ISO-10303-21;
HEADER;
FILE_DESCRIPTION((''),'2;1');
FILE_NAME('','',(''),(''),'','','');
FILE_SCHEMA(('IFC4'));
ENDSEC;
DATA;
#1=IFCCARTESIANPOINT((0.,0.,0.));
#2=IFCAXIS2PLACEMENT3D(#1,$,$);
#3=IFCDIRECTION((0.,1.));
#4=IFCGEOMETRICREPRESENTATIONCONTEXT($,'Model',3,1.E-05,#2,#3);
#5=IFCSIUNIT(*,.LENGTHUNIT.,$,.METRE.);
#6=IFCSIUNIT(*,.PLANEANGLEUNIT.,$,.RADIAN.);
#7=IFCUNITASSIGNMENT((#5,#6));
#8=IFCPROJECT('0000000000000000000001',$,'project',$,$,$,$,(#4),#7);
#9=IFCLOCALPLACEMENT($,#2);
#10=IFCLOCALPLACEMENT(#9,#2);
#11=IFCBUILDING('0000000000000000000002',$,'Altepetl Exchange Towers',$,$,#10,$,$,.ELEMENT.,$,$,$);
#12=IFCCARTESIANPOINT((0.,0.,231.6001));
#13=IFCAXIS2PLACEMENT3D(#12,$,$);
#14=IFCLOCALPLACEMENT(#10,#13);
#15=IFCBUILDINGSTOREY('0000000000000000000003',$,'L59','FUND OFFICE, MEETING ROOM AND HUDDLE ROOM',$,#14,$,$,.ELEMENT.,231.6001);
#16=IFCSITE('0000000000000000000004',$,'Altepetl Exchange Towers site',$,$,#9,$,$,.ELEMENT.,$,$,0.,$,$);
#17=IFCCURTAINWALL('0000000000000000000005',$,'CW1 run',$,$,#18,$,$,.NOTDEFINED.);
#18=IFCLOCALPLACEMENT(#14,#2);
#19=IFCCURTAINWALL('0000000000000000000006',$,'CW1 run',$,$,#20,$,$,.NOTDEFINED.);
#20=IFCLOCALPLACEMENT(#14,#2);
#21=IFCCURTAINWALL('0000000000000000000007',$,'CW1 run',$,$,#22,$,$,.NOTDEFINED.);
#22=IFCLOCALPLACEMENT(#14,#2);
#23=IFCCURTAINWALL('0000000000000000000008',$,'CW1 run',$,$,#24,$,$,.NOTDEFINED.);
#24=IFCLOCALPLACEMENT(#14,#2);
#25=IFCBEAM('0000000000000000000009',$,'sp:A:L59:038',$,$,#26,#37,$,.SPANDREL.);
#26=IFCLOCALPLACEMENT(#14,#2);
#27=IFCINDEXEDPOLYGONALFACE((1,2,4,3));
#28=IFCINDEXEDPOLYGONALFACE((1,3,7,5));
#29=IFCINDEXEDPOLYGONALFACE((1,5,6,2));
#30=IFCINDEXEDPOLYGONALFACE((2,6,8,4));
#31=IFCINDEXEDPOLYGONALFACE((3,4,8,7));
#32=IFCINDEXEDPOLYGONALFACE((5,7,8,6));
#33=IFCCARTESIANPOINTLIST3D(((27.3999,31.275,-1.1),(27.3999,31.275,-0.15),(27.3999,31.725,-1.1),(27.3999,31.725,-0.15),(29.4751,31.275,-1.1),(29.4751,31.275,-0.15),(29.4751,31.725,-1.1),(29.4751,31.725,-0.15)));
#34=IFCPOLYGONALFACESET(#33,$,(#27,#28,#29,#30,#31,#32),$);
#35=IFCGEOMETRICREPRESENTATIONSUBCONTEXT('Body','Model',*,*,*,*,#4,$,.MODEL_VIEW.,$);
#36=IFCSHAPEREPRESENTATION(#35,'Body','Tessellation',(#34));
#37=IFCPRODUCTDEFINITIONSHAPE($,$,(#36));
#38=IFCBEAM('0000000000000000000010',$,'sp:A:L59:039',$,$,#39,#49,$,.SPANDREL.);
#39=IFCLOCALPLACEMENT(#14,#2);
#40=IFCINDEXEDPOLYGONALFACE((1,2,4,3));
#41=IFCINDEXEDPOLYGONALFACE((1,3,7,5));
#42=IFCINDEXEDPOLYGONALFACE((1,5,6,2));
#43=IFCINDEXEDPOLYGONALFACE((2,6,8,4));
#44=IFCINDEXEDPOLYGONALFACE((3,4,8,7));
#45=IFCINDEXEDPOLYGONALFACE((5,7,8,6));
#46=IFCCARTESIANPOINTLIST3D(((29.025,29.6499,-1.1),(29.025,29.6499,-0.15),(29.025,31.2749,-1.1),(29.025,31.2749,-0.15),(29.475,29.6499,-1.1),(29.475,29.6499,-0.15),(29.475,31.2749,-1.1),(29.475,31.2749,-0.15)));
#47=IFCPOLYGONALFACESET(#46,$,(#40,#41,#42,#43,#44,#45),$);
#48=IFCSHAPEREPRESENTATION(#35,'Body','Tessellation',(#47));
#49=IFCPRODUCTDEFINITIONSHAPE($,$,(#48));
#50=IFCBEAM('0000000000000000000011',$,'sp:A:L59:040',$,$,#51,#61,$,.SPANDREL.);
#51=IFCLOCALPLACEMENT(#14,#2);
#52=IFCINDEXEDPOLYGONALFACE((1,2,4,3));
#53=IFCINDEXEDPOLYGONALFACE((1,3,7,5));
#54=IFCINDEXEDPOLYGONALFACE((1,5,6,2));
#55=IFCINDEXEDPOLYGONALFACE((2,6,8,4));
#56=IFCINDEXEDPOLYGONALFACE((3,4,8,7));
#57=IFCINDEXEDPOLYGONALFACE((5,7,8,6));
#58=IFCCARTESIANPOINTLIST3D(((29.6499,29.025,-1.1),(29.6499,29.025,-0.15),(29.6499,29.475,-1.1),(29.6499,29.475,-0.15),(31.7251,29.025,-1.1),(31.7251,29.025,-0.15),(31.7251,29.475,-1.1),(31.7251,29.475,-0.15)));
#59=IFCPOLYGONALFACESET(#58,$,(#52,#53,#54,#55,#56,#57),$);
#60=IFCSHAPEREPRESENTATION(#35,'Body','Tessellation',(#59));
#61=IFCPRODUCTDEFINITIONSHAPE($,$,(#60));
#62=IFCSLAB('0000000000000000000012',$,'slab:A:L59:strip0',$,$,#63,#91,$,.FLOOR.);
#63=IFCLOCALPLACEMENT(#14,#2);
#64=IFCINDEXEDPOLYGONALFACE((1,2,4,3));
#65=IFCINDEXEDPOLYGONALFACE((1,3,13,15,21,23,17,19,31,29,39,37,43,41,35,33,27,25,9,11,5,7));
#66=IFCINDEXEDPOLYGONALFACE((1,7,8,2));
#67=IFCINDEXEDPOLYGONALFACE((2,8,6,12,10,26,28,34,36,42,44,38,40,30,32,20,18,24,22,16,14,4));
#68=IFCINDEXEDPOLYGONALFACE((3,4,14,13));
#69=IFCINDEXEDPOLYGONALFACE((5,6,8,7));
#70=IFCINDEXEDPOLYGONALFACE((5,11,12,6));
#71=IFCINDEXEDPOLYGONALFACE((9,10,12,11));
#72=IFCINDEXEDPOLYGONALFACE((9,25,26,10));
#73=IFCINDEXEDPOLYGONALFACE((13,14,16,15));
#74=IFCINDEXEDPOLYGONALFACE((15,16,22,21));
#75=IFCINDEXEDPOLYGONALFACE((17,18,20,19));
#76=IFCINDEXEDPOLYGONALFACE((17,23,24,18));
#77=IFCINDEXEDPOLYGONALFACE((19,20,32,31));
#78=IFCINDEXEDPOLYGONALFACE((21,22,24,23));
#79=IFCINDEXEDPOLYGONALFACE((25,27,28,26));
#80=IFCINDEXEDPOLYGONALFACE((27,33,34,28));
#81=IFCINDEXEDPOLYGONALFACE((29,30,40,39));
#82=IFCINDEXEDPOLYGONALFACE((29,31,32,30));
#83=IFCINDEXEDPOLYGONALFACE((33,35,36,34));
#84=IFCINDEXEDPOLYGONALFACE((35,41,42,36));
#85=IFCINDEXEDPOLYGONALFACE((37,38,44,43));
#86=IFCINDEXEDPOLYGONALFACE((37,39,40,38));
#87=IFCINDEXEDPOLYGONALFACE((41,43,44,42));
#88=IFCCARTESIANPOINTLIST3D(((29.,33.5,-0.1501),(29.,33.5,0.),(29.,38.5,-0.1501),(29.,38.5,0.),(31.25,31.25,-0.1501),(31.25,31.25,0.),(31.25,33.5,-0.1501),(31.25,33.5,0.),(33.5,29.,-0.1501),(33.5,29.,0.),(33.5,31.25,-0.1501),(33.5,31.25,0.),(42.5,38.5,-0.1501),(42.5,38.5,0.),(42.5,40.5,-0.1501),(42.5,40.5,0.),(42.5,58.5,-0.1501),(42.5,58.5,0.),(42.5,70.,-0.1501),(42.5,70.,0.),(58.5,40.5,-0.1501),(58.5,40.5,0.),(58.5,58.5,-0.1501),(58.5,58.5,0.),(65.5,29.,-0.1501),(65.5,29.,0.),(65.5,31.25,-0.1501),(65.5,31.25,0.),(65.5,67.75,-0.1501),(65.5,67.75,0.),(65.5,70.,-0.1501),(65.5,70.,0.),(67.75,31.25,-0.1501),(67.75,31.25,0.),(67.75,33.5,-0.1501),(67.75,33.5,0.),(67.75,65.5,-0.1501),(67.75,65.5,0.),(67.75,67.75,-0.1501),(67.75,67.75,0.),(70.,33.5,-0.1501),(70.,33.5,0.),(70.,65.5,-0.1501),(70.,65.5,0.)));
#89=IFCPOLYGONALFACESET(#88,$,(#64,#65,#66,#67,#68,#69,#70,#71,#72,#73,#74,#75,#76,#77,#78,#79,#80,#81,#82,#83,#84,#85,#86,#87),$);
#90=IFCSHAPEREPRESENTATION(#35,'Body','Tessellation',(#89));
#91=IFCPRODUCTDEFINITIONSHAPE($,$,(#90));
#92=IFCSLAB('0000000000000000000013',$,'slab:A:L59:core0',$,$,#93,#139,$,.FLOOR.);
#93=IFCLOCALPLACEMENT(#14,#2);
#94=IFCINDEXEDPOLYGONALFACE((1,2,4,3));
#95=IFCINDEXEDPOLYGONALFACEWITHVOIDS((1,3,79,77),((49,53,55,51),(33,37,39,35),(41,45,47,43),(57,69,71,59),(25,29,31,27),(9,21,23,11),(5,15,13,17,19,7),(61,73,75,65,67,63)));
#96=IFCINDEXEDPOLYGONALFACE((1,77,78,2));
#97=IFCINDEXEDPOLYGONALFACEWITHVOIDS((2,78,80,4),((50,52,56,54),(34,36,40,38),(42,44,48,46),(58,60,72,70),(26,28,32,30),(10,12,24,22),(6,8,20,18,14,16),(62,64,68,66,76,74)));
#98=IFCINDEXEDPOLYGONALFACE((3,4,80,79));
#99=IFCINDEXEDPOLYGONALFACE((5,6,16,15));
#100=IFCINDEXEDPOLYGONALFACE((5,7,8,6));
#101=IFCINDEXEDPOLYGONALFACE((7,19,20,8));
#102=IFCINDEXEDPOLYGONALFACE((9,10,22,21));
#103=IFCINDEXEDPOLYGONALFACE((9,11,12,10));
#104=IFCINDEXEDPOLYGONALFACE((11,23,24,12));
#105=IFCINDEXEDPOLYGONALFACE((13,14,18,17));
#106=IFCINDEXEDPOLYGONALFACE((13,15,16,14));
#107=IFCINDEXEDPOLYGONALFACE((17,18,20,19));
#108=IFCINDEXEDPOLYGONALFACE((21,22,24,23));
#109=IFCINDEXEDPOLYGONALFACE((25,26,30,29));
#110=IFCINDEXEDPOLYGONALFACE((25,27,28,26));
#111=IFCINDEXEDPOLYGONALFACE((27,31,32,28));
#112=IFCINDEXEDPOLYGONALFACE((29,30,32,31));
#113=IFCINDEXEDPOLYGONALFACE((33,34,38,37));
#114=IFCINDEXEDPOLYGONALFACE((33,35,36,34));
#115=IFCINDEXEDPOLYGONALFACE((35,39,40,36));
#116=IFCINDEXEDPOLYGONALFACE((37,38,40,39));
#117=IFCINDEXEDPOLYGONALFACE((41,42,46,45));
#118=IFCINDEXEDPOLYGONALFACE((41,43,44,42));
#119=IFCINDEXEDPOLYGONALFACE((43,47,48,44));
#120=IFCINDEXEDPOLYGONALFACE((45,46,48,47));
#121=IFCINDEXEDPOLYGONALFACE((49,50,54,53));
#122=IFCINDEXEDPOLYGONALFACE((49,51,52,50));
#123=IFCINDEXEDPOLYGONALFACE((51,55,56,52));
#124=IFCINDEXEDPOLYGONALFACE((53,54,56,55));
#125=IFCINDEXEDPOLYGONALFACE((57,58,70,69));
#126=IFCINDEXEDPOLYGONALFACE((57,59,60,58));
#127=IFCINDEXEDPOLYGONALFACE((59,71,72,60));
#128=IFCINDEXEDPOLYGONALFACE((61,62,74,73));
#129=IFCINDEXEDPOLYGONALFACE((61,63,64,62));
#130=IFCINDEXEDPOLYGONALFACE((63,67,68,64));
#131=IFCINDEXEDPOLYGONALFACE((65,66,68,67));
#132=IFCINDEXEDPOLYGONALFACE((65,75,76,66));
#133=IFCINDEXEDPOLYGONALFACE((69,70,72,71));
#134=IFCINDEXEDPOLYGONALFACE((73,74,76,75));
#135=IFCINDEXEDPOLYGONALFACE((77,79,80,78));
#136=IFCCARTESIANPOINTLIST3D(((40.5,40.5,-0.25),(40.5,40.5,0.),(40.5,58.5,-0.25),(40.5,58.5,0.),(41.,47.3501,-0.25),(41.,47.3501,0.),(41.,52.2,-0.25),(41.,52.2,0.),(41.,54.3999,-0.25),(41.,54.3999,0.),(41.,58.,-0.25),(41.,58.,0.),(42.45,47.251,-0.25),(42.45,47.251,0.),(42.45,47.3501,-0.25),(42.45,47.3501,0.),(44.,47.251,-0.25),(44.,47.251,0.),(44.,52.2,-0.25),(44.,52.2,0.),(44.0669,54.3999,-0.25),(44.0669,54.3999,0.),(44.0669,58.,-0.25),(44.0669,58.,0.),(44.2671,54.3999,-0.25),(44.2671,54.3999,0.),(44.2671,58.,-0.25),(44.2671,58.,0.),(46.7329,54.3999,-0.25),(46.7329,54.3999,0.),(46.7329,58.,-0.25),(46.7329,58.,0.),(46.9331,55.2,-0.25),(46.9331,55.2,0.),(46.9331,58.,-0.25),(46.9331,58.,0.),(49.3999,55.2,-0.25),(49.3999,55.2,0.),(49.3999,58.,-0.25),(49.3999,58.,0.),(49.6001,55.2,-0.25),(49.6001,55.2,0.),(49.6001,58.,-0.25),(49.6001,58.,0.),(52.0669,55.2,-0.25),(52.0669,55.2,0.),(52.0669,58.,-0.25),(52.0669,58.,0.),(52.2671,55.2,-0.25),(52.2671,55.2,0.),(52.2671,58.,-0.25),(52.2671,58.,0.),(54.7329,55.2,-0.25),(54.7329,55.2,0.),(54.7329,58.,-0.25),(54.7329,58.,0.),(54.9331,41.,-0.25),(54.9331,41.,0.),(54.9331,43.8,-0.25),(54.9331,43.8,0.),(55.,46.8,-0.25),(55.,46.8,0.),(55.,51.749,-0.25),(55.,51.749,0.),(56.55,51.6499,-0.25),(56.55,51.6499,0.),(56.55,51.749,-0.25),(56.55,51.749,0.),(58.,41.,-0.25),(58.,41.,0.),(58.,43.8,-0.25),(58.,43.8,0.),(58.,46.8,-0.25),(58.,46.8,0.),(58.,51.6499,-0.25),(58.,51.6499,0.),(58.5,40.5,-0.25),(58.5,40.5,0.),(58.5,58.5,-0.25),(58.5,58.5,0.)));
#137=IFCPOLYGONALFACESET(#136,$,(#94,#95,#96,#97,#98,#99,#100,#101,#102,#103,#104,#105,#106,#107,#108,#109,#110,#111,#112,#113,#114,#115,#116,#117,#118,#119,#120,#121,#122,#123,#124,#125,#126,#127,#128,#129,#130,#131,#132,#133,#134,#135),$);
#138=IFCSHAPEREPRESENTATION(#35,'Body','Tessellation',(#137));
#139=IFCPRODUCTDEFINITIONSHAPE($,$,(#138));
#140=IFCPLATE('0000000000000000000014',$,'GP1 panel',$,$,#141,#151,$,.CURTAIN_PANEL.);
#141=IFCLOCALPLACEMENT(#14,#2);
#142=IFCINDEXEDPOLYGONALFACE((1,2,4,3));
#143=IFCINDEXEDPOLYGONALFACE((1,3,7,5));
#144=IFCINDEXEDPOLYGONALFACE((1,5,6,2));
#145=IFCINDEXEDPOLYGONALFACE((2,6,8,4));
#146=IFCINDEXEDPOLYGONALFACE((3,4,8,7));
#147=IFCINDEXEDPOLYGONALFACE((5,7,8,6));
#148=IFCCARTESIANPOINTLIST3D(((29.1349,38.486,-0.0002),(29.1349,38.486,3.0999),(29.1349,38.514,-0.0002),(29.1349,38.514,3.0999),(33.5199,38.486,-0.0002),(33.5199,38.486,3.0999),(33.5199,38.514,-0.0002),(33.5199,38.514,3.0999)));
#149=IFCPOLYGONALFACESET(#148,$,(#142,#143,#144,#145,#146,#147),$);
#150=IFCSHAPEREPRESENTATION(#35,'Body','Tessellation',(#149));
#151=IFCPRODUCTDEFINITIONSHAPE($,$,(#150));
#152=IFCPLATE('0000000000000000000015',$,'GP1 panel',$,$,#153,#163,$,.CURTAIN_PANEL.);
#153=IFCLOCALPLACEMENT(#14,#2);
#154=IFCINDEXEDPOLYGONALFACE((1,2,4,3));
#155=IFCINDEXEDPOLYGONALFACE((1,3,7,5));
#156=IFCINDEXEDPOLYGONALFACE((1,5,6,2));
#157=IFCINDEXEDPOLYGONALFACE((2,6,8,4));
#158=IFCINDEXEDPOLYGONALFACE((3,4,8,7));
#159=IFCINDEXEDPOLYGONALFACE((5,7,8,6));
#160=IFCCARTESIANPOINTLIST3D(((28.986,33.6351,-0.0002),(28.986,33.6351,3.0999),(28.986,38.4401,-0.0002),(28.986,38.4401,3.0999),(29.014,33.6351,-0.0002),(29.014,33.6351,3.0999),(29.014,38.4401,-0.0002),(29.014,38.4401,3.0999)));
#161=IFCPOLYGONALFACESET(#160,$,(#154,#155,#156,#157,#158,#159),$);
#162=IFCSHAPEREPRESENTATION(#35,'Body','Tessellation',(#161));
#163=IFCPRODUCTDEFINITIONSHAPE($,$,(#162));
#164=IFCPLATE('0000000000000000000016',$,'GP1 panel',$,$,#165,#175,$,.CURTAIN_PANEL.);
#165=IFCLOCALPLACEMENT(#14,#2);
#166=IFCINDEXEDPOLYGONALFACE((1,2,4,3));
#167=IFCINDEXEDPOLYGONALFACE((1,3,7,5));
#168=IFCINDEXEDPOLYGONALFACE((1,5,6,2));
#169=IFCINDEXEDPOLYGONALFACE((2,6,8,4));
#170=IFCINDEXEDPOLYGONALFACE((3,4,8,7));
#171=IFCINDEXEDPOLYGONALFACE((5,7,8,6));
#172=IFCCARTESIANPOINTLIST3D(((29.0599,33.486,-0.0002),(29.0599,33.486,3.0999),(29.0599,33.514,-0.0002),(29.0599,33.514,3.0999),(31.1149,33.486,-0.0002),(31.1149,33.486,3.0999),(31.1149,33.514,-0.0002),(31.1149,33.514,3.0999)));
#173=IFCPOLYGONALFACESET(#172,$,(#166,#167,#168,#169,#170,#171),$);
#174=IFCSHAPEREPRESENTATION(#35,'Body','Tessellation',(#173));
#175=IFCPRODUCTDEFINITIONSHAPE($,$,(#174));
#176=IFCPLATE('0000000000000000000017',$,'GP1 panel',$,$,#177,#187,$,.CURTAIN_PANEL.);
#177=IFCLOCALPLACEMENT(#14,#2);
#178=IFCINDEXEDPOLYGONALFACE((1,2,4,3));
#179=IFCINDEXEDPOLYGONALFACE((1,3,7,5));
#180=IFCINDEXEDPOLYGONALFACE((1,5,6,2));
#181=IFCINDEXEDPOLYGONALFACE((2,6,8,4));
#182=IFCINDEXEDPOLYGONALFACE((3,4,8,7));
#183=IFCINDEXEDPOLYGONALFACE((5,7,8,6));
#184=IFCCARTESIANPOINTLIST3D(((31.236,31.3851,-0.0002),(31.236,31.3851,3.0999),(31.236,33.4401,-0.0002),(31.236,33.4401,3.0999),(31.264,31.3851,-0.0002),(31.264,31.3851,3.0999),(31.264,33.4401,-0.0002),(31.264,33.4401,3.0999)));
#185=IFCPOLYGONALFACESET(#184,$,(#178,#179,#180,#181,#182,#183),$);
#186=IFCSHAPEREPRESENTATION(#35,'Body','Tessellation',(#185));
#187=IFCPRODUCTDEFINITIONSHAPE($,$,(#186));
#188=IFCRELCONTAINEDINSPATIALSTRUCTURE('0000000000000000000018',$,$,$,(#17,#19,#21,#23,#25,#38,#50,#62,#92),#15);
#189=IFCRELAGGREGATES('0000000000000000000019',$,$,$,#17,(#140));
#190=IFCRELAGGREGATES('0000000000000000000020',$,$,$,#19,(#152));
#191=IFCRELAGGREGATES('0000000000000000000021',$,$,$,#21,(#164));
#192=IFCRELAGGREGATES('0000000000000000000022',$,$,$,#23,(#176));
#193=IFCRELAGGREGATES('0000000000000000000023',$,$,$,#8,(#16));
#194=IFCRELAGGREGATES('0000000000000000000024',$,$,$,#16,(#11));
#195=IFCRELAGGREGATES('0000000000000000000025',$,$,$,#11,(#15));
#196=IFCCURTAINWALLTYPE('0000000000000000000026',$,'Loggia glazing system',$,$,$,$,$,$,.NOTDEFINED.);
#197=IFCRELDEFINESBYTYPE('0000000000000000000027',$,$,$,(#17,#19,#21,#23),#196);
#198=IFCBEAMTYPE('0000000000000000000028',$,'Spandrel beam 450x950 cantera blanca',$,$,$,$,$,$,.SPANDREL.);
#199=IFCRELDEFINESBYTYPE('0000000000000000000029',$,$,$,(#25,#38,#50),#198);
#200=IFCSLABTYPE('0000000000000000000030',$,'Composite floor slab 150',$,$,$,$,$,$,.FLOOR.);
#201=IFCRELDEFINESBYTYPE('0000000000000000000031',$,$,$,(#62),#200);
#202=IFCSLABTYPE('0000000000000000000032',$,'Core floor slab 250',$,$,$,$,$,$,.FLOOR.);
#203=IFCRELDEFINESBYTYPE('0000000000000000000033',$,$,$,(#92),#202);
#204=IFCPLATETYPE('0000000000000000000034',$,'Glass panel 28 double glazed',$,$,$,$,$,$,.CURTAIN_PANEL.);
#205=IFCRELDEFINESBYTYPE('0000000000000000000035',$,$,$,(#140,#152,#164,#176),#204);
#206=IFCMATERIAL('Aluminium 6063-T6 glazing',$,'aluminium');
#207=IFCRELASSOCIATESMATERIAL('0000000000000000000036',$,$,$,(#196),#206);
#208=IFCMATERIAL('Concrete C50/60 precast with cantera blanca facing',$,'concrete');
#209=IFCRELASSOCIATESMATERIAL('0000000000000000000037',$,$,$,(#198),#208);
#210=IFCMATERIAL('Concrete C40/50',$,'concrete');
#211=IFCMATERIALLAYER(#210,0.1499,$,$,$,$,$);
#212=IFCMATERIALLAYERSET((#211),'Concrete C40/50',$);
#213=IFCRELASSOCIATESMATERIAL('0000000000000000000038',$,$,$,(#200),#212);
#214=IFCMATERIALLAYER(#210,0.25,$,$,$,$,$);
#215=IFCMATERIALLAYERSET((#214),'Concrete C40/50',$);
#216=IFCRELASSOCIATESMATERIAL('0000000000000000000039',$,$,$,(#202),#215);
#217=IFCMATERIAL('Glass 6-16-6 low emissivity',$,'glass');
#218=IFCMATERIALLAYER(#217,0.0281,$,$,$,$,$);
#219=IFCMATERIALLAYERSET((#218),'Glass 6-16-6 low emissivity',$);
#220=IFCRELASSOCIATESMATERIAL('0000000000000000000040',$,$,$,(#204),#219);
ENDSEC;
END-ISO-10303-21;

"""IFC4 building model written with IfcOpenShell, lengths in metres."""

from ifc_helpers import new_model, si_unit, direction, frame, origin, origin_2d, place, context, subcontext, project, spatial, polyline, rectangle, outline, extrude, material, layer, layer_set, material_profile, profile_set, type_object, element, aggregate, save


model = new_model("IFC4")

# Units and contexts
model_context = context("Model", 3, precision=1e-05, world=origin(), true_north=direction((0.0, 1.0)))
body_context = subcontext(model_context, "Body", "Model", "MODEL_VIEW")
ifc_project = project(units=[si_unit("LENGTHUNIT", "METRE"), si_unit("PLANEANGLEUNIT", "RADIAN")], contexts=[model_context])

# Site, building, storey
site_placement = place(None, origin())
site = spatial("IfcSite", under=ifc_project, at=site_placement, Name="Altepetl Exchange Towers site", CompositionType="ELEMENT", RefElevation=0.0)
building_placement = place(site_placement, origin())
building = spatial("IfcBuilding", under=site, at=building_placement, Name="Altepetl Exchange Towers", CompositionType="ELEMENT")
storey_placement = place(building_placement, frame((0.0, 0.0, 231.6001)))
storey = spatial("IfcBuildingStorey", under=building, at=storey_placement, Name="L59", Description="FUND OFFICE, MEETING ROOM AND HUDDLE ROOM", CompositionType="ELEMENT", Elevation=231.6001)

# Curtain wall
ifc_material_1 = material(Name="Aluminium 6063-T6 glazing", Category="aluminium")
curtain_wall_type = type_object("IfcCurtainWallType", Name="Loggia glazing system", PredefinedType="NOTDEFINED", material=ifc_material_1)
curtain_wall_1_placement = place(storey_placement, origin())
curtain_wall_1 = element("IfcCurtainWall", 1, at=curtain_wall_1_placement, inside=storey, type_object=curtain_wall_type, Name="CW1 run", PredefinedType="NOTDEFINED")

# Curtain walls
curtain_wall_2_placement = place(storey_placement, origin())
curtain_wall_2 = element("IfcCurtainWall", 2, at=curtain_wall_2_placement, inside=storey, type_object=curtain_wall_type, Name="CW1 run", PredefinedType="NOTDEFINED")
curtain_wall_3_placement = place(storey_placement, origin())
curtain_wall_3 = element("IfcCurtainWall", 3, at=curtain_wall_3_placement, inside=storey, type_object=curtain_wall_type, Name="CW1 run", PredefinedType="NOTDEFINED")
curtain_wall_4_placement = place(storey_placement, origin())
curtain_wall_4 = element("IfcCurtainWall", 4, at=curtain_wall_4_placement, inside=storey, type_object=curtain_wall_type, Name="CW1 run", PredefinedType="NOTDEFINED")

# Beams
ifc_material_2 = material(Name="Concrete C50/60 precast with cantera blanca facing", Category="concrete")
ifc_material_profile_1 = material_profile(ifc_material_2, rectangle(XDim=0.45, YDim=0.95, at=origin_2d()), Name="450 x 950")
ifc_profile_set_1 = profile_set([ifc_material_profile_1], Name="Concrete C50/60 precast with cantera blanca facing")
beam_type = type_object("IfcBeamType", Name="Spandrel beam 450x950 cantera blanca", PredefinedType="SPANDREL", material=ifc_profile_set_1)
beam_1_placement = place(storey_placement, frame((27.3999, 31.5, -0.625), z_axis=(1.0, 0.0, 0.0), x_axis=(0.0, 1.0, 0.0)))
element("IfcBeam", 5, at=beam_1_placement, inside=storey, type_object=beam_type, Name="sp:A:L59:038", PredefinedType="SPANDREL", context=body_context, shape_type="SweptSolid", body=[
    extrude(rectangle(XDim=0.45, YDim=0.95, at=origin_2d()), origin(), (0.0, 0.0, 1.0), 2.0752),
])
beam_2_placement = place(storey_placement, frame((29.25, 31.2749, -0.625), z_axis=(0.0, -1.0, 0.0), x_axis=(1.0, 0.0, 0.0)))
element("IfcBeam", 6, at=beam_2_placement, inside=storey, type_object=beam_type, Name="sp:A:L59:039", PredefinedType="SPANDREL", context=body_context, shape_type="SweptSolid", body=[
    extrude(rectangle(XDim=0.45, YDim=0.95, at=origin_2d()), origin(), (0.0, 0.0, 1.0), 1.625),
])
beam_3_placement = place(storey_placement, frame((29.6499, 29.25, -0.625), z_axis=(1.0, 0.0, 0.0), x_axis=(0.0, 1.0, 0.0)))
element("IfcBeam", 7, at=beam_3_placement, inside=storey, type_object=beam_type, Name="sp:A:L59:040", PredefinedType="SPANDREL", context=body_context, shape_type="SweptSolid", body=[
    extrude(rectangle(XDim=0.45, YDim=0.95, at=origin_2d()), origin(), (0.0, 0.0, 1.0), 2.0752),
])

# Slabs
ifc_material_3 = material(Name="Concrete C40/50", Category="concrete")
ifc_layer_1 = layer(ifc_material_3, 0.1499)
ifc_layer_set_1 = layer_set([ifc_layer_1], Name="Concrete C40/50")
slab_type_1 = type_object("IfcSlabType", Name="Composite floor slab 150", PredefinedType="FLOOR", material=ifc_layer_set_1)
slab_1_placement = place(storey_placement, frame((0.0, 0.0, -0.1501)))
element("IfcSlab", 8, at=slab_1_placement, inside=storey, type_object=slab_type_1, Name="slab:A:L59:strip0", PredefinedType="FLOOR", context=body_context, shape_type="SweptSolid", body=[
    extrude(outline(polyline([(42.5, 70.0), (42.5, 58.5), (58.5, 58.5), (58.5, 40.5), (42.5, 40.5), (42.5, 38.5), (29.0, 38.5), (29.0, 33.5), (31.25, 33.5), (31.25, 31.25), (33.5, 31.25), (33.5, 29.0), (65.5, 29.0), (65.5, 31.25), (67.75, 31.25), (67.75, 33.5), (70.0, 33.5), (70.0, 65.5), (67.75, 65.5), (67.75, 67.75), (65.5, 67.75), (65.5, 70.0), (42.5, 70.0)])), origin(), (0.0, 0.0, 1.0), 0.1501),
])
ifc_layer_2 = layer(ifc_material_3, 0.25)
ifc_layer_set_2 = layer_set([ifc_layer_2], Name="Concrete C40/50")
slab_type_2 = type_object("IfcSlabType", Name="Core floor slab 250", PredefinedType="FLOOR", material=ifc_layer_set_2)
slab_2_placement = place(storey_placement, frame((0.0, 0.0, -0.25)))
element("IfcSlab", 9, at=slab_2_placement, inside=storey, type_object=slab_type_2, Name="slab:A:L59:core0", PredefinedType="FLOOR", context=body_context, shape_type="SweptSolid", body=[
    extrude(outline(polyline([(40.5, 40.5), (58.5, 40.5), (58.5, 58.5), (40.5, 58.5), (40.5, 40.5)]), holes=[polyline([(54.9331, 43.8), (58.0, 43.8), (58.0, 41.0), (54.9331, 41.0), (54.9331, 43.8)]), polyline([(55.0, 51.749), (56.55, 51.749), (56.55, 51.6499), (58.0, 51.6499), (58.0, 46.8), (55.0, 46.8), (55.0, 51.749)]), polyline([(44.0, 47.251), (42.45, 47.251), (42.45, 47.3501), (41.0, 47.3501), (41.0, 52.2), (44.0, 52.2), (44.0, 47.251)]), polyline([(41.0, 58.0), (44.0669, 58.0), (44.0669, 54.3999), (41.0, 54.3999), (41.0, 58.0)]), polyline([(44.2671, 58.0), (46.7329, 58.0), (46.7329, 54.3999), (44.2671, 54.3999), (44.2671, 58.0)]), polyline([(46.9331, 58.0), (49.3999, 58.0), (49.3999, 55.2), (46.9331, 55.2), (46.9331, 58.0)]), polyline([(49.6001, 58.0), (52.0669, 58.0), (52.0669, 55.2), (49.6001, 55.2), (49.6001, 58.0)]), polyline([(52.2671, 58.0), (54.7329, 58.0), (54.7329, 55.2), (52.2671, 55.2), (52.2671, 58.0)])]), origin(), (0.0, 0.0, 1.0), 0.25),
])

# Plates
ifc_material_4 = material(Name="Glass 6-16-6 low emissivity", Category="glass")
ifc_layer_3 = layer(ifc_material_4, 0.0281)
ifc_layer_set_3 = layer_set([ifc_layer_3], Name="Glass 6-16-6 low emissivity")
plate_type = type_object("IfcPlateType", Name="Glass panel 28 double glazed", PredefinedType="CURTAIN_PANEL", material=ifc_layer_set_3)
plate_1_placement = place(storey_placement, frame((31.3274, 38.5, -0.0002), z_axis=(0.0, 0.0, 1.0), x_axis=(-1.0, 0.0, 0.0)))
plate_1 = element("IfcPlate", 10, at=plate_1_placement, type_object=plate_type, Name="GP1 panel", PredefinedType="CURTAIN_PANEL", context=body_context, shape_type="SweptSolid", body=[
    extrude(rectangle(XDim=4.385, YDim=0.0281, at=origin_2d()), origin(), (0.0, 0.0, 1.0), 3.1001),
])
aggregate(curtain_wall_1, [plate_1])
plate_2_placement = place(storey_placement, frame((29.0, 36.0376, -0.0002), z_axis=(0.0, 0.0, 1.0), x_axis=(0.0, -1.0, 0.0)))
plate_2 = element("IfcPlate", 11, at=plate_2_placement, type_object=plate_type, Name="GP1 panel", PredefinedType="CURTAIN_PANEL", context=body_context, shape_type="SweptSolid", body=[
    extrude(rectangle(XDim=4.8049, YDim=0.0281, at=origin_2d()), origin(), (0.0, 0.0, 1.0), 3.1001),
])
aggregate(curtain_wall_2, [plate_2])
plate_3_placement = place(storey_placement, frame((30.0874, 33.5, -0.0002)))
plate_3 = element("IfcPlate", 12, at=plate_3_placement, type_object=plate_type, Name="GP1 panel", PredefinedType="CURTAIN_PANEL", context=body_context, shape_type="SweptSolid", body=[
    extrude(rectangle(XDim=2.0549, YDim=0.0281, at=origin_2d()), origin(), (0.0, 0.0, 1.0), 3.1001),
])
aggregate(curtain_wall_3, [plate_3])
plate_4_placement = place(storey_placement, frame((31.25, 32.4126, -0.0002), z_axis=(0.0, 0.0, 1.0), x_axis=(0.0, -1.0, 0.0)))
plate_4 = element("IfcPlate", 13, at=plate_4_placement, type_object=plate_type, Name="GP1 panel", PredefinedType="CURTAIN_PANEL", context=body_context, shape_type="SweptSolid", body=[
    extrude(rectangle(XDim=2.0549, YDim=0.0281, at=origin_2d()), origin(), (0.0, 0.0, 1.0), 3.1001),
])
aggregate(curtain_wall_4, [plate_4])

save(model, "model.ifc")
